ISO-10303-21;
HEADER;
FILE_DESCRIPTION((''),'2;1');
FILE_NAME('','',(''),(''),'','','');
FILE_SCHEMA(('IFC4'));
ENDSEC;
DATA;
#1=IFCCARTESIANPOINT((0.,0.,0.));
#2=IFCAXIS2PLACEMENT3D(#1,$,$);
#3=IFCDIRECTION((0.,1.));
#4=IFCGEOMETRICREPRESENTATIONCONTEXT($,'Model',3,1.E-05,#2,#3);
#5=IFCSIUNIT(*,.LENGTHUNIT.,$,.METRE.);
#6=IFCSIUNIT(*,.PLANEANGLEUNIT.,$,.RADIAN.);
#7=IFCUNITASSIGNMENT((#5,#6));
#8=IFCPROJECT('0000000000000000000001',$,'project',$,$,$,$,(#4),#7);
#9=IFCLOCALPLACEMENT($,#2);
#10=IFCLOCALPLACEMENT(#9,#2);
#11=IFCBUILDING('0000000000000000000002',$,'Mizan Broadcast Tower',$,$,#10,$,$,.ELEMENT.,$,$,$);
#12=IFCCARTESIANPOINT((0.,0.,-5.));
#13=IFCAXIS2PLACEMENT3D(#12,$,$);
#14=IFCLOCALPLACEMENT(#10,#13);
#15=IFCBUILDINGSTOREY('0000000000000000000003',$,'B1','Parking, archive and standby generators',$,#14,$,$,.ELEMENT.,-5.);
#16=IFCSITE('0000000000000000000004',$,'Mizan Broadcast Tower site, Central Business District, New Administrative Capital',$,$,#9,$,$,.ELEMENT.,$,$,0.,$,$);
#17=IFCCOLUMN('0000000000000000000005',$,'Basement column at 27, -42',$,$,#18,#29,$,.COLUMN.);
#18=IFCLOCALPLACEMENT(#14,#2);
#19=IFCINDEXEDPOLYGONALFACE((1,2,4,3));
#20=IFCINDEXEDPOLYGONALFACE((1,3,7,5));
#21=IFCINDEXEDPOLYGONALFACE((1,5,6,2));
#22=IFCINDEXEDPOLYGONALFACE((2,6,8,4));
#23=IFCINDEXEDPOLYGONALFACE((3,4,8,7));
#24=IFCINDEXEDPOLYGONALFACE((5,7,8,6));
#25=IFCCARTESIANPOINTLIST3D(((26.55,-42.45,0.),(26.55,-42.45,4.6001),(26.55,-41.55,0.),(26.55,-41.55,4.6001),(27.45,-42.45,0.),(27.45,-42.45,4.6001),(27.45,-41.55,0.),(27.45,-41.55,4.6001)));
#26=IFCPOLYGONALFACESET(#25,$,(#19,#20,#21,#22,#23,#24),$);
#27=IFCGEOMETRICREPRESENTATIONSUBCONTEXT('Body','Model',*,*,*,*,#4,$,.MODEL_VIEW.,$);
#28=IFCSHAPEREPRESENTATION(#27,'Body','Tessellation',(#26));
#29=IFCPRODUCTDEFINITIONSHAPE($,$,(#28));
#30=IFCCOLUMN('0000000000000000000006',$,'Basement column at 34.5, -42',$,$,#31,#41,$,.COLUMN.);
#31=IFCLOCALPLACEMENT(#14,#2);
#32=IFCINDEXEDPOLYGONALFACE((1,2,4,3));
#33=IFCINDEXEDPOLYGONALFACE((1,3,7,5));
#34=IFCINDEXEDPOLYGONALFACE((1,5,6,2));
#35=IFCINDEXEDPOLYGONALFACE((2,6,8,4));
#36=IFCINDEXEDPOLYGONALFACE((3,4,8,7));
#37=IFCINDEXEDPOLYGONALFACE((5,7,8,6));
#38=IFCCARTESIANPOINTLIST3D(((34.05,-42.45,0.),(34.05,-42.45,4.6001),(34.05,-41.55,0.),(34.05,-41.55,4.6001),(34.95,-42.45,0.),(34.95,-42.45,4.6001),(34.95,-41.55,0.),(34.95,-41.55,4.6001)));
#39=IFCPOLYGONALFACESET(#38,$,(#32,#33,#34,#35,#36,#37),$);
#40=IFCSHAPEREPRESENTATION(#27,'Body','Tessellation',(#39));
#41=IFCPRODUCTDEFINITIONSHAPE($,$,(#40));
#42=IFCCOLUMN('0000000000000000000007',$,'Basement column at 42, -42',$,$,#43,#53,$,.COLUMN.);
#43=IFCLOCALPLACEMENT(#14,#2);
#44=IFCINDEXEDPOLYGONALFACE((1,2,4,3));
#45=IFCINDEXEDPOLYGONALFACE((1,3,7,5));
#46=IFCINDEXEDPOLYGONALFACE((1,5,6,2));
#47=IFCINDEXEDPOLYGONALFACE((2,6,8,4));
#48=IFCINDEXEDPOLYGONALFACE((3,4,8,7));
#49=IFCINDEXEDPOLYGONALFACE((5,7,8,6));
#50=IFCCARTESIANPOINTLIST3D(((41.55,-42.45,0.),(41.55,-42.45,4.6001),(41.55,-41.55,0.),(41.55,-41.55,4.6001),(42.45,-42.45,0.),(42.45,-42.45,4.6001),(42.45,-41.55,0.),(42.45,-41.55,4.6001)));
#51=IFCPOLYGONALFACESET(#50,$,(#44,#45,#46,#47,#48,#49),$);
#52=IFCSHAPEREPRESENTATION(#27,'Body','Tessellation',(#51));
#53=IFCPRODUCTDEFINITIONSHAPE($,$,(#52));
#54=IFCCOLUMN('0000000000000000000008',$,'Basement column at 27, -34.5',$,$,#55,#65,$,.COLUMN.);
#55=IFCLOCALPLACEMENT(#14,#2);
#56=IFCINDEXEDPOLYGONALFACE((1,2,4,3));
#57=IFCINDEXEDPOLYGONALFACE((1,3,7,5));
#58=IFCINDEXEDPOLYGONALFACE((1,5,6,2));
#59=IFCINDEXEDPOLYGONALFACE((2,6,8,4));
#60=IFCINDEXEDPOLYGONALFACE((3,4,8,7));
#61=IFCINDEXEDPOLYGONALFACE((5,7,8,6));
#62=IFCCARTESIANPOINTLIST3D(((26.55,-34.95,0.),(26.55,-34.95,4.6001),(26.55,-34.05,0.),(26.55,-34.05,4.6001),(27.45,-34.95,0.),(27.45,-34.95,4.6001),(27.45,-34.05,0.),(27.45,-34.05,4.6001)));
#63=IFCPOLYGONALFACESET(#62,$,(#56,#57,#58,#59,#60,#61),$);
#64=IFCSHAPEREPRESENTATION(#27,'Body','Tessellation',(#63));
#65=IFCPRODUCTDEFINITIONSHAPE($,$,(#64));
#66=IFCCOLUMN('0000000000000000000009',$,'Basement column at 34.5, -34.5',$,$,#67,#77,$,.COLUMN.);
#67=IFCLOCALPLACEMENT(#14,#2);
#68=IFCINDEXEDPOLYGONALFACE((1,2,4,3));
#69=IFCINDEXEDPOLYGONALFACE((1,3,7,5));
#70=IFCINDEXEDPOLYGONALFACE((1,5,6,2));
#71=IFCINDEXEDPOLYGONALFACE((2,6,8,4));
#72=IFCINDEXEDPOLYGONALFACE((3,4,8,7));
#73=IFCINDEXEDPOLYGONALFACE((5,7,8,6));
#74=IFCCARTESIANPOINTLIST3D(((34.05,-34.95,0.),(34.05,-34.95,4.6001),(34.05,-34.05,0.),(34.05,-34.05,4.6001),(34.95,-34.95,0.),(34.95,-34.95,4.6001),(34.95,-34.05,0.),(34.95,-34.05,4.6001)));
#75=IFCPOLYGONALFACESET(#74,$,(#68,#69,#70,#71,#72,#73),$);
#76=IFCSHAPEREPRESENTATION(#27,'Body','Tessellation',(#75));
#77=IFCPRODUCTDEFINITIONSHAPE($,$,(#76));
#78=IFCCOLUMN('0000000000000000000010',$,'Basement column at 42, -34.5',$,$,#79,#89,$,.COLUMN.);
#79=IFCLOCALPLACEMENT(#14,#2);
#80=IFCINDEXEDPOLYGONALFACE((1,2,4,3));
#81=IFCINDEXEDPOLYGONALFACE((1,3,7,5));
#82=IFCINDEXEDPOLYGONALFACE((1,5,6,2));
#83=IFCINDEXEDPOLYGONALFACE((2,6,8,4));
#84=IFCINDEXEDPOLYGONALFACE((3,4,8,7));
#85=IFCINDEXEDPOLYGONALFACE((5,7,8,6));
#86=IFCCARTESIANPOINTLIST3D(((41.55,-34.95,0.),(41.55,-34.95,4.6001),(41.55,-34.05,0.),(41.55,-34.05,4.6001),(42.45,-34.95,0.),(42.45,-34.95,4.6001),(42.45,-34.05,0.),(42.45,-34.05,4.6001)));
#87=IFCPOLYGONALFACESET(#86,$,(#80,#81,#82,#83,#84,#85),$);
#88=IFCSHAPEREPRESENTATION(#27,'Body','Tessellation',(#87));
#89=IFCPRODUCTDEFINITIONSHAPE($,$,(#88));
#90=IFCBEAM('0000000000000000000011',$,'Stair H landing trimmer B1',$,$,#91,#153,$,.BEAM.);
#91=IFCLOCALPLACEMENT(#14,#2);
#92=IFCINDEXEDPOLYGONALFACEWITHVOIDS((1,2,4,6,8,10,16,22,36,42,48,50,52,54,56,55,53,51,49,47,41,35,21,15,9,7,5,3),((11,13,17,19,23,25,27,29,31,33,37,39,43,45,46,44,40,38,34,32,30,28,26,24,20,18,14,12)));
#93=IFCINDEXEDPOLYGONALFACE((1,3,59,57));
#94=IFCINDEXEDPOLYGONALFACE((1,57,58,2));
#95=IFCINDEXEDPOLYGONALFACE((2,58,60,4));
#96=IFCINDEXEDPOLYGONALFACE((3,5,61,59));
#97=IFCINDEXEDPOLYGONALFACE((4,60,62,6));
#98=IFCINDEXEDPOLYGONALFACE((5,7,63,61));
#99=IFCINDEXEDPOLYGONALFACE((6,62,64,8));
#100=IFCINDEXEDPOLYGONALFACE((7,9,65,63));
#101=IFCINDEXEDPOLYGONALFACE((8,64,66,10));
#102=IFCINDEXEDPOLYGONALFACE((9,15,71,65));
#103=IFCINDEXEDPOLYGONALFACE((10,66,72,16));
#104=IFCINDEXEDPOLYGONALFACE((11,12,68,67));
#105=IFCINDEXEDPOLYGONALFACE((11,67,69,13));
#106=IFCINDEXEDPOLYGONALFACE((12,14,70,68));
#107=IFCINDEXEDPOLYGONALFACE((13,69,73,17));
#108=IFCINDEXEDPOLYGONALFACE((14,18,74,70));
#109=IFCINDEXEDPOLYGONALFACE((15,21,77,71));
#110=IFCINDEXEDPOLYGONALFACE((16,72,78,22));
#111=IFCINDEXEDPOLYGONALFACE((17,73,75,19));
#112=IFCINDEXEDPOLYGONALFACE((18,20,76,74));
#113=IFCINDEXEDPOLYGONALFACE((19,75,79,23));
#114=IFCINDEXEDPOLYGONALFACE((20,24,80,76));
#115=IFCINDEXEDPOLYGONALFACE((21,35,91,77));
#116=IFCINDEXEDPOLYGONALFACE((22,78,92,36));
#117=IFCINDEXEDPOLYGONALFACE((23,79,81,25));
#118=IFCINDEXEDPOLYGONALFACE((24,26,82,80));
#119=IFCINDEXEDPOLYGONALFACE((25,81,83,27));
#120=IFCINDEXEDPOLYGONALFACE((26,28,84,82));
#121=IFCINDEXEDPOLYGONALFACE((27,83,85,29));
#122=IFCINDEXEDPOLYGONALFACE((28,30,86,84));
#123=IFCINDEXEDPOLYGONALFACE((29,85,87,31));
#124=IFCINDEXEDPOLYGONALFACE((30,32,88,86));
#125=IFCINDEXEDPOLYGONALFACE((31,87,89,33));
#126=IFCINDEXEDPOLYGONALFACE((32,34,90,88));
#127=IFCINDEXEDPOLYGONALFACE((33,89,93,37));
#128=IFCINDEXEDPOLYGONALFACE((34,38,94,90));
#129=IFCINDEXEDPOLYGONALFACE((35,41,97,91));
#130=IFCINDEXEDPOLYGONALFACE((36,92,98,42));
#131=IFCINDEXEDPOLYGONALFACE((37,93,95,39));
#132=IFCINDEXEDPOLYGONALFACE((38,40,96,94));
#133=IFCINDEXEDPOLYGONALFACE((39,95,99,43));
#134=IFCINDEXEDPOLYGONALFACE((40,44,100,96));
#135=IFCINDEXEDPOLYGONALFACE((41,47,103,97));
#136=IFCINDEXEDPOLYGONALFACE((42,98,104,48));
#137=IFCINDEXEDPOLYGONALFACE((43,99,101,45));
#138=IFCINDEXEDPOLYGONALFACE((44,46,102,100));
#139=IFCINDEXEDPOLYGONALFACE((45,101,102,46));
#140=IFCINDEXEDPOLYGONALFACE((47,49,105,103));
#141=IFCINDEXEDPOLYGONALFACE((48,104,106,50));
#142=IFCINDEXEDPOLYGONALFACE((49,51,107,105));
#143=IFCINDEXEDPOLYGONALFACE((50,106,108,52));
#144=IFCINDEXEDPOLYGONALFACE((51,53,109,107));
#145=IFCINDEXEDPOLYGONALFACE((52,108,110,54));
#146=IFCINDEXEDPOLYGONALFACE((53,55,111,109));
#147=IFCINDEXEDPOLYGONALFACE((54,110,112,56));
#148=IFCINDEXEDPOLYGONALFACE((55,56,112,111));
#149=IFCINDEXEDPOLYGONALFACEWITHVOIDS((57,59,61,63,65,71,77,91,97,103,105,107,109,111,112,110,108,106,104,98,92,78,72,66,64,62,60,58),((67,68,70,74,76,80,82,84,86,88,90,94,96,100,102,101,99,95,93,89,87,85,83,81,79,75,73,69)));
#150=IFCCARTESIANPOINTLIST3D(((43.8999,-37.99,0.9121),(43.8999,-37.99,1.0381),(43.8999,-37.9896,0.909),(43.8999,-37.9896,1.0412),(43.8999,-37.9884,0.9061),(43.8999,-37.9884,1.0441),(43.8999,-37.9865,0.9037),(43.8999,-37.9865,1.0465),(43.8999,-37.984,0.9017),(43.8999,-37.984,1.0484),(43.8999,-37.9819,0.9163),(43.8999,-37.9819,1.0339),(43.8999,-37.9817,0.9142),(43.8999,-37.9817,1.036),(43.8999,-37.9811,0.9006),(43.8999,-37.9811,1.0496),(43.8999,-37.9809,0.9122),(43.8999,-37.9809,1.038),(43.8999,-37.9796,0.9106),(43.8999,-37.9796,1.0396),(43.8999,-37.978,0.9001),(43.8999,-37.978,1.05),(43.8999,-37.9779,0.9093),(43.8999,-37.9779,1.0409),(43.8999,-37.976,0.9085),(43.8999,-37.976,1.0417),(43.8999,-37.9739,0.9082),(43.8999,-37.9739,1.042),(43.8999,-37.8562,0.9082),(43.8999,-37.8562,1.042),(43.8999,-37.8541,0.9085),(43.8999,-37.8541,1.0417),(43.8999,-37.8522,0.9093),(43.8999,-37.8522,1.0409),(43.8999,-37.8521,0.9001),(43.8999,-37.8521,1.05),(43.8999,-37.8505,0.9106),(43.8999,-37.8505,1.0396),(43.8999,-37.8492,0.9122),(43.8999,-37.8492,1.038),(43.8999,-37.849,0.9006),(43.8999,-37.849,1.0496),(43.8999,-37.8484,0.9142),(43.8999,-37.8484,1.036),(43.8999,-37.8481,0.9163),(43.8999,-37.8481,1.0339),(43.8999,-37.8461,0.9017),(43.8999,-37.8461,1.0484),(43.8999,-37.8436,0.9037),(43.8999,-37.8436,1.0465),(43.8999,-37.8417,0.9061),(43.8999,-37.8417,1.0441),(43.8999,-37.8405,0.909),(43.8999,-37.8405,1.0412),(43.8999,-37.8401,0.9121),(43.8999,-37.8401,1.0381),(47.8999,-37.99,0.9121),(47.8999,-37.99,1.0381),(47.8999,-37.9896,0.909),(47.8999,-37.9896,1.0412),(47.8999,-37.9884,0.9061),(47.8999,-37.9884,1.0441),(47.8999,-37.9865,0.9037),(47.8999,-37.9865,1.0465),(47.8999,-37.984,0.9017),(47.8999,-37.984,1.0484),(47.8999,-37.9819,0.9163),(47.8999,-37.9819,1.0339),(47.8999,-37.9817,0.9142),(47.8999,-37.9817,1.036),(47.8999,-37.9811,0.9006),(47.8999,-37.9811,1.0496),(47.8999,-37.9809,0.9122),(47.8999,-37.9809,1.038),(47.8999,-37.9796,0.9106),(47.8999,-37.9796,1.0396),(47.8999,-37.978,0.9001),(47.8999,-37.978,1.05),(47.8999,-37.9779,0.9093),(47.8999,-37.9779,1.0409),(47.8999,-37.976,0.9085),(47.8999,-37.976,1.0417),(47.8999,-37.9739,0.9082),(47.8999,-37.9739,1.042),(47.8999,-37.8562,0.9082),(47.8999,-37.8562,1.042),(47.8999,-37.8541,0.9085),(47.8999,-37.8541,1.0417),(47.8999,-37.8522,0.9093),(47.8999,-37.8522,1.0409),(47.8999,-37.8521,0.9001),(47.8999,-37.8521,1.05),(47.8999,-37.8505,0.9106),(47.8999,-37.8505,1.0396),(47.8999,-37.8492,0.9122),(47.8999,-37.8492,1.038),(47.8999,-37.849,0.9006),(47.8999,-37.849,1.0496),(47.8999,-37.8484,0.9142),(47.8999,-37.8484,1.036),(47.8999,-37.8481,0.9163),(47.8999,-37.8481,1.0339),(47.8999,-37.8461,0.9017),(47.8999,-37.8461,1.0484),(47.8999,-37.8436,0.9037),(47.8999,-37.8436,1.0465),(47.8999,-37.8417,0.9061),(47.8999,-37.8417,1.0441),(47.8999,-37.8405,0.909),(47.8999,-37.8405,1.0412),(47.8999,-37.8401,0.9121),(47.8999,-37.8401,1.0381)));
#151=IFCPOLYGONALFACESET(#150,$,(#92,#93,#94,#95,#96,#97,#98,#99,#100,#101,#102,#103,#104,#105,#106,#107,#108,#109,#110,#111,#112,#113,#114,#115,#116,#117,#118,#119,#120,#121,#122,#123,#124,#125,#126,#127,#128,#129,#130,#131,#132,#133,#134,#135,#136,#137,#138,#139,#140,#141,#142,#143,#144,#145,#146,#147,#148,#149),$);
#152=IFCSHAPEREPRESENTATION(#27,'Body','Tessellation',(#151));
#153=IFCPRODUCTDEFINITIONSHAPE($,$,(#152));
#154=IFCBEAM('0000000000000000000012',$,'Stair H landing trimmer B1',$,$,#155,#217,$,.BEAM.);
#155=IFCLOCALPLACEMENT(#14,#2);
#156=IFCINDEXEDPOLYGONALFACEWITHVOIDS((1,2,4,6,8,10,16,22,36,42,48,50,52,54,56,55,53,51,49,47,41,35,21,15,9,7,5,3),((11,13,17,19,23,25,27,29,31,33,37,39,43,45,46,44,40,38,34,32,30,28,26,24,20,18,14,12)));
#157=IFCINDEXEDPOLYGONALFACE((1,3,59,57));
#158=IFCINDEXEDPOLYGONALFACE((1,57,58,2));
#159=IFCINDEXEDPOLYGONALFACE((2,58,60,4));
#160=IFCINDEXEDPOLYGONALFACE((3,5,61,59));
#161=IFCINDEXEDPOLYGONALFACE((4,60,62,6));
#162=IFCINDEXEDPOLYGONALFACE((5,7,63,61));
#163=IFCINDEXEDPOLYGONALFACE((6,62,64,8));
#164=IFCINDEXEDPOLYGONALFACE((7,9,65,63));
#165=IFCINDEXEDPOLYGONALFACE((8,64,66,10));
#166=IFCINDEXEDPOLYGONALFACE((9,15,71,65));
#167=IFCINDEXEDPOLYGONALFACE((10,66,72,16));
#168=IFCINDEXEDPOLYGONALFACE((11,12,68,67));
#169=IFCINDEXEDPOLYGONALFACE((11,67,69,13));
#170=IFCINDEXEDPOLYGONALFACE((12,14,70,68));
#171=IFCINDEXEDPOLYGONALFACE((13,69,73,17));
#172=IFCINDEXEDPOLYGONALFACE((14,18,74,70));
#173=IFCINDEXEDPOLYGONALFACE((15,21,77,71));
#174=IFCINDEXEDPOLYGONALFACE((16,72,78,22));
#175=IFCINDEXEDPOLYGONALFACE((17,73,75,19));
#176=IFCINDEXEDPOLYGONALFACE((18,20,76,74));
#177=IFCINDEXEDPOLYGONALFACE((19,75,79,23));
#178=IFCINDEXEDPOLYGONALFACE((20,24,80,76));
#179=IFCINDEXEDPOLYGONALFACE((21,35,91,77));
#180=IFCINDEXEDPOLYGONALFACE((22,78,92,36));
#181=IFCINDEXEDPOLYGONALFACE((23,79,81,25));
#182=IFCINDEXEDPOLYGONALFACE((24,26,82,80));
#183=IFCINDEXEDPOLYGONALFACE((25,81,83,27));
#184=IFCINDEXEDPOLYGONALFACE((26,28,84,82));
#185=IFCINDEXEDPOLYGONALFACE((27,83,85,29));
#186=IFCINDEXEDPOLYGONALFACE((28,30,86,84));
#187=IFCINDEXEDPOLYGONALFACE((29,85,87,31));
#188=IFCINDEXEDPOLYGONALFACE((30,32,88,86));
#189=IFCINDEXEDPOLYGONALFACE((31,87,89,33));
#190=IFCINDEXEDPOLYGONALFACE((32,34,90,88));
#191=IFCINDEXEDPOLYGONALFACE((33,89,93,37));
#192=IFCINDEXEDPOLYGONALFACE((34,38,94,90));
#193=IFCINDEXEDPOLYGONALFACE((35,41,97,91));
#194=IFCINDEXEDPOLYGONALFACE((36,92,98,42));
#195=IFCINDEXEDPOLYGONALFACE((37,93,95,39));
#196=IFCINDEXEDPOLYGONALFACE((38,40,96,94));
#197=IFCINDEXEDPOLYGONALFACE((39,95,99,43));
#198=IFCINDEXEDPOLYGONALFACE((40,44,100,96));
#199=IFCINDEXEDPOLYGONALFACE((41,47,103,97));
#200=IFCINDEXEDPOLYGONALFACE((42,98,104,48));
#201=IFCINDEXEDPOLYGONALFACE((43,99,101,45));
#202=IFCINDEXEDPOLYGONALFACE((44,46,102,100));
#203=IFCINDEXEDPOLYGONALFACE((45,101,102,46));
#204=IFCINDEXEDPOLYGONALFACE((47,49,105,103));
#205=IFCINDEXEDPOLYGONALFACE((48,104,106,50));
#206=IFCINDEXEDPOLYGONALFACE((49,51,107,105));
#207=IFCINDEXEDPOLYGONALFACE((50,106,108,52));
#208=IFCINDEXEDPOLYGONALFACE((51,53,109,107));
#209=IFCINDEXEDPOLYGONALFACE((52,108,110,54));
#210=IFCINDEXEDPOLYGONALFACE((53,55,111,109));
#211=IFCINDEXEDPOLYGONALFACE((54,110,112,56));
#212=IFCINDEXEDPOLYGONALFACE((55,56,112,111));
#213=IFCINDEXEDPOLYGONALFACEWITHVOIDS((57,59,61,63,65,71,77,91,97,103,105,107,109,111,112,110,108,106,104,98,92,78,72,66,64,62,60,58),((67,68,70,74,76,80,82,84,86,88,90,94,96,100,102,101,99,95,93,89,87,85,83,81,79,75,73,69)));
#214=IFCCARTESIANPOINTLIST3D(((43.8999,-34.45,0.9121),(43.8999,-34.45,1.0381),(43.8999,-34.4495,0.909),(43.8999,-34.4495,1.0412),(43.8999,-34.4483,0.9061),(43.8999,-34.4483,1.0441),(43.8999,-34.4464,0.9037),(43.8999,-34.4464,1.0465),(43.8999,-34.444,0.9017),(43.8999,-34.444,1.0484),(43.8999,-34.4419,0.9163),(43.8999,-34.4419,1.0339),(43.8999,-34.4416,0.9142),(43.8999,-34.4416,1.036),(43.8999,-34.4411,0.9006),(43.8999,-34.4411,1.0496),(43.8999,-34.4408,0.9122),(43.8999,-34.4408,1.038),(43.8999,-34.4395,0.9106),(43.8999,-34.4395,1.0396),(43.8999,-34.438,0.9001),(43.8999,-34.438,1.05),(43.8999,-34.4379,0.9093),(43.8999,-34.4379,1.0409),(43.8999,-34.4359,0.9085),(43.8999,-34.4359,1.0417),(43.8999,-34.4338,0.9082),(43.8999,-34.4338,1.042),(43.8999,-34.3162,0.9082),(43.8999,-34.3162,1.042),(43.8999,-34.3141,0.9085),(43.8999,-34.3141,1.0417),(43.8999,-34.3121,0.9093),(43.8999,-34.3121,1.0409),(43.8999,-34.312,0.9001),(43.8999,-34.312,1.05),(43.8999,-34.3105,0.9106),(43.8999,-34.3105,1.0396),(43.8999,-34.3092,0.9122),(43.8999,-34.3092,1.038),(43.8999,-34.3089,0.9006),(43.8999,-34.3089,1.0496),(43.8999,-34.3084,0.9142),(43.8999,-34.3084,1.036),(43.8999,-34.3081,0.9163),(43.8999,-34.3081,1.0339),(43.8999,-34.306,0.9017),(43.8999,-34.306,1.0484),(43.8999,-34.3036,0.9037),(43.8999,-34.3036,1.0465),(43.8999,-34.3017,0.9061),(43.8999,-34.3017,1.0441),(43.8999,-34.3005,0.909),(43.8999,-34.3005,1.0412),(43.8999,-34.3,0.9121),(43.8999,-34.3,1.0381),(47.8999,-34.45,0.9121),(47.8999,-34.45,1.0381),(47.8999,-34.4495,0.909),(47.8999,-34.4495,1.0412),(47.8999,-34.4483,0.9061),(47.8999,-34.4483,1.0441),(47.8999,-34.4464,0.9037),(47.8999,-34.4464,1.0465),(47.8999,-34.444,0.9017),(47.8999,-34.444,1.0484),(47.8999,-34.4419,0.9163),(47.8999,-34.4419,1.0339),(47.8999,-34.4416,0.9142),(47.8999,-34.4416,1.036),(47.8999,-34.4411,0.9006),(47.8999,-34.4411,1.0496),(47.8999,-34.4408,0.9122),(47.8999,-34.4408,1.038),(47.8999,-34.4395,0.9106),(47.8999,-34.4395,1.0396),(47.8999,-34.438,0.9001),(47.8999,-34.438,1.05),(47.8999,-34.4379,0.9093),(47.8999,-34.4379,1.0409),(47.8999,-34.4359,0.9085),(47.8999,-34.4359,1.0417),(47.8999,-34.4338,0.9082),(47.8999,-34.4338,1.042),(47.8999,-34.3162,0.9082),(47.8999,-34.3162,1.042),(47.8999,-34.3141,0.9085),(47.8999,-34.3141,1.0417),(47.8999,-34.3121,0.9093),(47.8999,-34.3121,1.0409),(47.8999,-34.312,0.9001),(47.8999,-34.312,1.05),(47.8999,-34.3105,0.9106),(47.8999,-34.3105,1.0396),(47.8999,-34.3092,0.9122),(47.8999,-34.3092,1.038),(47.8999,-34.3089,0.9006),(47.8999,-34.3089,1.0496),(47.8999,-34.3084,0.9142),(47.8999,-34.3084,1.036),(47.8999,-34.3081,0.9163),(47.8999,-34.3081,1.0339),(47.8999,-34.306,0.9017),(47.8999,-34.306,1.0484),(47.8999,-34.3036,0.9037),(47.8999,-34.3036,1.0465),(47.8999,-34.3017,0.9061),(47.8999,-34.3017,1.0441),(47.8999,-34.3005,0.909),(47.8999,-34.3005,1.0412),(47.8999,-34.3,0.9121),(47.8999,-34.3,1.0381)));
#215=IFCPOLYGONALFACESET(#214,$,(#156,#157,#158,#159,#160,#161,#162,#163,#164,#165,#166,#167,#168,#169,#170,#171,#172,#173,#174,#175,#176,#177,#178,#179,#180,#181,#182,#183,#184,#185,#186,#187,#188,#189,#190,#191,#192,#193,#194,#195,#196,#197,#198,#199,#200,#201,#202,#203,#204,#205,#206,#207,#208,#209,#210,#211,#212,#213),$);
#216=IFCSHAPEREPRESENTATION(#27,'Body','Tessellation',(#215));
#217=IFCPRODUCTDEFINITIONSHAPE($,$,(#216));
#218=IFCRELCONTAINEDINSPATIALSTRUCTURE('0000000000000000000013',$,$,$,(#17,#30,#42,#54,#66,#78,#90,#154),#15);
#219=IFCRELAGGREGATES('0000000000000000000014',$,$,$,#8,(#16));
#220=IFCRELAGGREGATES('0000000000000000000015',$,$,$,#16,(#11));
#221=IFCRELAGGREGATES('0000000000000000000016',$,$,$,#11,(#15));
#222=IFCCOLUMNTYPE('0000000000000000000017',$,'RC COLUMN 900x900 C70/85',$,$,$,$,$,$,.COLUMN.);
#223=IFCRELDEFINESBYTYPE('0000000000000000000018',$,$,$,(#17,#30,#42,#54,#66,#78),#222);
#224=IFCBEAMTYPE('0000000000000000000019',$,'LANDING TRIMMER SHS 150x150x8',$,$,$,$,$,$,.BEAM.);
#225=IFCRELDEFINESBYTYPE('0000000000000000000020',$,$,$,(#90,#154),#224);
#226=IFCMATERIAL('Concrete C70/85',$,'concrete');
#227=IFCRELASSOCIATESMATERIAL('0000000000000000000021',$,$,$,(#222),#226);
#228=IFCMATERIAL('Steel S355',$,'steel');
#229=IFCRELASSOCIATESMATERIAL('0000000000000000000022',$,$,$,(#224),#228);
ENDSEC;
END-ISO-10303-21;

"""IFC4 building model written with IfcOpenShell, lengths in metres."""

from ifc_helpers import new_model, si_unit, direction, frame, origin, origin_2d, place, context, subcontext, project, spatial, rectangle, hollow_rectangle, extrude, material, material_profile, profile_set, type_object, element, save


model = new_model("IFC4")

# Units and contexts
model_context = context("Model", 3, precision=1e-05, world=origin(), true_north=direction((0.0, 1.0)))
body_context = subcontext(model_context, "Body", "Model", "MODEL_VIEW")
ifc_project = project(units=[si_unit("LENGTHUNIT", "METRE"), si_unit("PLANEANGLEUNIT", "RADIAN")], contexts=[model_context])

# Site, building, storey
site_placement = place(None, origin())
site = spatial("IfcSite", under=ifc_project, at=site_placement, Name="Mizan Broadcast Tower site, Central Business District, New Administrative Capital", CompositionType="ELEMENT", RefElevation=0.0)
building_placement = place(site_placement, origin())
building = spatial("IfcBuilding", under=site, at=building_placement, Name="Mizan Broadcast Tower", CompositionType="ELEMENT")
storey_placement = place(building_placement, frame((0.0, 0.0, -5.0)))
storey = spatial("IfcBuildingStorey", under=building, at=storey_placement, Name="B1", Description="Parking, archive and standby generators", CompositionType="ELEMENT", Elevation=-5.0)

# Columns
ifc_material_1 = material(Name="Concrete C70/85", Category="concrete")
ifc_material_profile_1 = material_profile(ifc_material_1, rectangle(XDim=0.8999, YDim=0.8999, at=origin_2d()), Name="RC 900x900")
ifc_profile_set_1 = profile_set([ifc_material_profile_1], Name="Concrete C70/85")
column_type = type_object("IfcColumnType", Name="RC COLUMN 900x900 C70/85", PredefinedType="COLUMN", material=ifc_profile_set_1)
for number, where, z_axis, x_axis, name in (
    (1, (27.0, -42.0, 0.0), (0.0, 0.0, 1.0), (1.0, 0.0, 0.0), "Basement column at 27, -42"),
    (2, (34.5, -42.0, 0.0), (0.0, 0.0, 1.0), (1.0, 0.0, 0.0), "Basement column at 34.5, -42"),
    (3, (42.0, -42.0, 0.0), (0.0, 0.0, 1.0), (1.0, 0.0, 0.0), "Basement column at 42, -42"),
    (4, (27.0, -34.5, 0.0), (0.0, 0.0, 1.0), (1.0, 0.0, 0.0), "Basement column at 27, -34.5"),
    (5, (34.5, -34.5, 0.0), (0.0, 0.0, 1.0), (1.0, 0.0, 0.0), "Basement column at 34.5, -34.5"),
    (6, (42.0, -34.5, 0.0), (0.0, 0.0, 1.0), (1.0, 0.0, 0.0), "Basement column at 42, -34.5"),
):
    element("IfcColumn", number, at=place(storey_placement, frame(where, z_axis=z_axis, x_axis=x_axis)), inside=storey, type_object=column_type, Name=name, PredefinedType="COLUMN", context=body_context, shape_type="SweptSolid", body=[
        extrude(rectangle(XDim=0.8999, YDim=0.8999, at=origin_2d()), origin(), (0.0, 0.0, 1.0), 4.6001),
    ])

# Beams
ifc_material_2 = material(Name="Steel S355", Category="steel")
ifc_material_profile_2 = material_profile(ifc_material_2, hollow_rectangle(XDim=0.1499, YDim=0.1499, WallThickness=0.0081, InnerFilletRadius=0.0081, OuterFilletRadius=0.012, at=origin_2d()), Name="SHS 150x150x8")
ifc_profile_set_2 = profile_set([ifc_material_profile_2], Name="Steel S355")
beam_type_1 = type_object("IfcBeamType", Name="LANDING TRIMMER SHS 150x150x8", PredefinedType="BEAM", material=ifc_profile_set_2)
for number, where, z_axis, x_axis, name in (
    (7, (43.8999, -37.915, 0.9751), (1.0, 0.0, 0.0), (0.0, 1.0, 0.0), "Stair H landing trimmer B1"),
    (8, (43.8999, -34.375, 0.9751), (1.0, 0.0, 0.0), (0.0, 1.0, 0.0), "Stair H landing trimmer B1"),
):
    element("IfcBeam", number, at=place(storey_placement, frame(where, z_axis=z_axis, x_axis=x_axis)), inside=storey, type_object=beam_type_1, Name=name, PredefinedType="BEAM", context=body_context, shape_type="SweptSolid", body=[
        extrude(hollow_rectangle(XDim=0.1499, YDim=0.1499, WallThickness=0.0081, InnerFilletRadius=0.0081, OuterFilletRadius=0.012, at=origin_2d()), origin(), (0.0, 0.0, 1.0), 4.0),
    ])

save(model, "model.ifc")
